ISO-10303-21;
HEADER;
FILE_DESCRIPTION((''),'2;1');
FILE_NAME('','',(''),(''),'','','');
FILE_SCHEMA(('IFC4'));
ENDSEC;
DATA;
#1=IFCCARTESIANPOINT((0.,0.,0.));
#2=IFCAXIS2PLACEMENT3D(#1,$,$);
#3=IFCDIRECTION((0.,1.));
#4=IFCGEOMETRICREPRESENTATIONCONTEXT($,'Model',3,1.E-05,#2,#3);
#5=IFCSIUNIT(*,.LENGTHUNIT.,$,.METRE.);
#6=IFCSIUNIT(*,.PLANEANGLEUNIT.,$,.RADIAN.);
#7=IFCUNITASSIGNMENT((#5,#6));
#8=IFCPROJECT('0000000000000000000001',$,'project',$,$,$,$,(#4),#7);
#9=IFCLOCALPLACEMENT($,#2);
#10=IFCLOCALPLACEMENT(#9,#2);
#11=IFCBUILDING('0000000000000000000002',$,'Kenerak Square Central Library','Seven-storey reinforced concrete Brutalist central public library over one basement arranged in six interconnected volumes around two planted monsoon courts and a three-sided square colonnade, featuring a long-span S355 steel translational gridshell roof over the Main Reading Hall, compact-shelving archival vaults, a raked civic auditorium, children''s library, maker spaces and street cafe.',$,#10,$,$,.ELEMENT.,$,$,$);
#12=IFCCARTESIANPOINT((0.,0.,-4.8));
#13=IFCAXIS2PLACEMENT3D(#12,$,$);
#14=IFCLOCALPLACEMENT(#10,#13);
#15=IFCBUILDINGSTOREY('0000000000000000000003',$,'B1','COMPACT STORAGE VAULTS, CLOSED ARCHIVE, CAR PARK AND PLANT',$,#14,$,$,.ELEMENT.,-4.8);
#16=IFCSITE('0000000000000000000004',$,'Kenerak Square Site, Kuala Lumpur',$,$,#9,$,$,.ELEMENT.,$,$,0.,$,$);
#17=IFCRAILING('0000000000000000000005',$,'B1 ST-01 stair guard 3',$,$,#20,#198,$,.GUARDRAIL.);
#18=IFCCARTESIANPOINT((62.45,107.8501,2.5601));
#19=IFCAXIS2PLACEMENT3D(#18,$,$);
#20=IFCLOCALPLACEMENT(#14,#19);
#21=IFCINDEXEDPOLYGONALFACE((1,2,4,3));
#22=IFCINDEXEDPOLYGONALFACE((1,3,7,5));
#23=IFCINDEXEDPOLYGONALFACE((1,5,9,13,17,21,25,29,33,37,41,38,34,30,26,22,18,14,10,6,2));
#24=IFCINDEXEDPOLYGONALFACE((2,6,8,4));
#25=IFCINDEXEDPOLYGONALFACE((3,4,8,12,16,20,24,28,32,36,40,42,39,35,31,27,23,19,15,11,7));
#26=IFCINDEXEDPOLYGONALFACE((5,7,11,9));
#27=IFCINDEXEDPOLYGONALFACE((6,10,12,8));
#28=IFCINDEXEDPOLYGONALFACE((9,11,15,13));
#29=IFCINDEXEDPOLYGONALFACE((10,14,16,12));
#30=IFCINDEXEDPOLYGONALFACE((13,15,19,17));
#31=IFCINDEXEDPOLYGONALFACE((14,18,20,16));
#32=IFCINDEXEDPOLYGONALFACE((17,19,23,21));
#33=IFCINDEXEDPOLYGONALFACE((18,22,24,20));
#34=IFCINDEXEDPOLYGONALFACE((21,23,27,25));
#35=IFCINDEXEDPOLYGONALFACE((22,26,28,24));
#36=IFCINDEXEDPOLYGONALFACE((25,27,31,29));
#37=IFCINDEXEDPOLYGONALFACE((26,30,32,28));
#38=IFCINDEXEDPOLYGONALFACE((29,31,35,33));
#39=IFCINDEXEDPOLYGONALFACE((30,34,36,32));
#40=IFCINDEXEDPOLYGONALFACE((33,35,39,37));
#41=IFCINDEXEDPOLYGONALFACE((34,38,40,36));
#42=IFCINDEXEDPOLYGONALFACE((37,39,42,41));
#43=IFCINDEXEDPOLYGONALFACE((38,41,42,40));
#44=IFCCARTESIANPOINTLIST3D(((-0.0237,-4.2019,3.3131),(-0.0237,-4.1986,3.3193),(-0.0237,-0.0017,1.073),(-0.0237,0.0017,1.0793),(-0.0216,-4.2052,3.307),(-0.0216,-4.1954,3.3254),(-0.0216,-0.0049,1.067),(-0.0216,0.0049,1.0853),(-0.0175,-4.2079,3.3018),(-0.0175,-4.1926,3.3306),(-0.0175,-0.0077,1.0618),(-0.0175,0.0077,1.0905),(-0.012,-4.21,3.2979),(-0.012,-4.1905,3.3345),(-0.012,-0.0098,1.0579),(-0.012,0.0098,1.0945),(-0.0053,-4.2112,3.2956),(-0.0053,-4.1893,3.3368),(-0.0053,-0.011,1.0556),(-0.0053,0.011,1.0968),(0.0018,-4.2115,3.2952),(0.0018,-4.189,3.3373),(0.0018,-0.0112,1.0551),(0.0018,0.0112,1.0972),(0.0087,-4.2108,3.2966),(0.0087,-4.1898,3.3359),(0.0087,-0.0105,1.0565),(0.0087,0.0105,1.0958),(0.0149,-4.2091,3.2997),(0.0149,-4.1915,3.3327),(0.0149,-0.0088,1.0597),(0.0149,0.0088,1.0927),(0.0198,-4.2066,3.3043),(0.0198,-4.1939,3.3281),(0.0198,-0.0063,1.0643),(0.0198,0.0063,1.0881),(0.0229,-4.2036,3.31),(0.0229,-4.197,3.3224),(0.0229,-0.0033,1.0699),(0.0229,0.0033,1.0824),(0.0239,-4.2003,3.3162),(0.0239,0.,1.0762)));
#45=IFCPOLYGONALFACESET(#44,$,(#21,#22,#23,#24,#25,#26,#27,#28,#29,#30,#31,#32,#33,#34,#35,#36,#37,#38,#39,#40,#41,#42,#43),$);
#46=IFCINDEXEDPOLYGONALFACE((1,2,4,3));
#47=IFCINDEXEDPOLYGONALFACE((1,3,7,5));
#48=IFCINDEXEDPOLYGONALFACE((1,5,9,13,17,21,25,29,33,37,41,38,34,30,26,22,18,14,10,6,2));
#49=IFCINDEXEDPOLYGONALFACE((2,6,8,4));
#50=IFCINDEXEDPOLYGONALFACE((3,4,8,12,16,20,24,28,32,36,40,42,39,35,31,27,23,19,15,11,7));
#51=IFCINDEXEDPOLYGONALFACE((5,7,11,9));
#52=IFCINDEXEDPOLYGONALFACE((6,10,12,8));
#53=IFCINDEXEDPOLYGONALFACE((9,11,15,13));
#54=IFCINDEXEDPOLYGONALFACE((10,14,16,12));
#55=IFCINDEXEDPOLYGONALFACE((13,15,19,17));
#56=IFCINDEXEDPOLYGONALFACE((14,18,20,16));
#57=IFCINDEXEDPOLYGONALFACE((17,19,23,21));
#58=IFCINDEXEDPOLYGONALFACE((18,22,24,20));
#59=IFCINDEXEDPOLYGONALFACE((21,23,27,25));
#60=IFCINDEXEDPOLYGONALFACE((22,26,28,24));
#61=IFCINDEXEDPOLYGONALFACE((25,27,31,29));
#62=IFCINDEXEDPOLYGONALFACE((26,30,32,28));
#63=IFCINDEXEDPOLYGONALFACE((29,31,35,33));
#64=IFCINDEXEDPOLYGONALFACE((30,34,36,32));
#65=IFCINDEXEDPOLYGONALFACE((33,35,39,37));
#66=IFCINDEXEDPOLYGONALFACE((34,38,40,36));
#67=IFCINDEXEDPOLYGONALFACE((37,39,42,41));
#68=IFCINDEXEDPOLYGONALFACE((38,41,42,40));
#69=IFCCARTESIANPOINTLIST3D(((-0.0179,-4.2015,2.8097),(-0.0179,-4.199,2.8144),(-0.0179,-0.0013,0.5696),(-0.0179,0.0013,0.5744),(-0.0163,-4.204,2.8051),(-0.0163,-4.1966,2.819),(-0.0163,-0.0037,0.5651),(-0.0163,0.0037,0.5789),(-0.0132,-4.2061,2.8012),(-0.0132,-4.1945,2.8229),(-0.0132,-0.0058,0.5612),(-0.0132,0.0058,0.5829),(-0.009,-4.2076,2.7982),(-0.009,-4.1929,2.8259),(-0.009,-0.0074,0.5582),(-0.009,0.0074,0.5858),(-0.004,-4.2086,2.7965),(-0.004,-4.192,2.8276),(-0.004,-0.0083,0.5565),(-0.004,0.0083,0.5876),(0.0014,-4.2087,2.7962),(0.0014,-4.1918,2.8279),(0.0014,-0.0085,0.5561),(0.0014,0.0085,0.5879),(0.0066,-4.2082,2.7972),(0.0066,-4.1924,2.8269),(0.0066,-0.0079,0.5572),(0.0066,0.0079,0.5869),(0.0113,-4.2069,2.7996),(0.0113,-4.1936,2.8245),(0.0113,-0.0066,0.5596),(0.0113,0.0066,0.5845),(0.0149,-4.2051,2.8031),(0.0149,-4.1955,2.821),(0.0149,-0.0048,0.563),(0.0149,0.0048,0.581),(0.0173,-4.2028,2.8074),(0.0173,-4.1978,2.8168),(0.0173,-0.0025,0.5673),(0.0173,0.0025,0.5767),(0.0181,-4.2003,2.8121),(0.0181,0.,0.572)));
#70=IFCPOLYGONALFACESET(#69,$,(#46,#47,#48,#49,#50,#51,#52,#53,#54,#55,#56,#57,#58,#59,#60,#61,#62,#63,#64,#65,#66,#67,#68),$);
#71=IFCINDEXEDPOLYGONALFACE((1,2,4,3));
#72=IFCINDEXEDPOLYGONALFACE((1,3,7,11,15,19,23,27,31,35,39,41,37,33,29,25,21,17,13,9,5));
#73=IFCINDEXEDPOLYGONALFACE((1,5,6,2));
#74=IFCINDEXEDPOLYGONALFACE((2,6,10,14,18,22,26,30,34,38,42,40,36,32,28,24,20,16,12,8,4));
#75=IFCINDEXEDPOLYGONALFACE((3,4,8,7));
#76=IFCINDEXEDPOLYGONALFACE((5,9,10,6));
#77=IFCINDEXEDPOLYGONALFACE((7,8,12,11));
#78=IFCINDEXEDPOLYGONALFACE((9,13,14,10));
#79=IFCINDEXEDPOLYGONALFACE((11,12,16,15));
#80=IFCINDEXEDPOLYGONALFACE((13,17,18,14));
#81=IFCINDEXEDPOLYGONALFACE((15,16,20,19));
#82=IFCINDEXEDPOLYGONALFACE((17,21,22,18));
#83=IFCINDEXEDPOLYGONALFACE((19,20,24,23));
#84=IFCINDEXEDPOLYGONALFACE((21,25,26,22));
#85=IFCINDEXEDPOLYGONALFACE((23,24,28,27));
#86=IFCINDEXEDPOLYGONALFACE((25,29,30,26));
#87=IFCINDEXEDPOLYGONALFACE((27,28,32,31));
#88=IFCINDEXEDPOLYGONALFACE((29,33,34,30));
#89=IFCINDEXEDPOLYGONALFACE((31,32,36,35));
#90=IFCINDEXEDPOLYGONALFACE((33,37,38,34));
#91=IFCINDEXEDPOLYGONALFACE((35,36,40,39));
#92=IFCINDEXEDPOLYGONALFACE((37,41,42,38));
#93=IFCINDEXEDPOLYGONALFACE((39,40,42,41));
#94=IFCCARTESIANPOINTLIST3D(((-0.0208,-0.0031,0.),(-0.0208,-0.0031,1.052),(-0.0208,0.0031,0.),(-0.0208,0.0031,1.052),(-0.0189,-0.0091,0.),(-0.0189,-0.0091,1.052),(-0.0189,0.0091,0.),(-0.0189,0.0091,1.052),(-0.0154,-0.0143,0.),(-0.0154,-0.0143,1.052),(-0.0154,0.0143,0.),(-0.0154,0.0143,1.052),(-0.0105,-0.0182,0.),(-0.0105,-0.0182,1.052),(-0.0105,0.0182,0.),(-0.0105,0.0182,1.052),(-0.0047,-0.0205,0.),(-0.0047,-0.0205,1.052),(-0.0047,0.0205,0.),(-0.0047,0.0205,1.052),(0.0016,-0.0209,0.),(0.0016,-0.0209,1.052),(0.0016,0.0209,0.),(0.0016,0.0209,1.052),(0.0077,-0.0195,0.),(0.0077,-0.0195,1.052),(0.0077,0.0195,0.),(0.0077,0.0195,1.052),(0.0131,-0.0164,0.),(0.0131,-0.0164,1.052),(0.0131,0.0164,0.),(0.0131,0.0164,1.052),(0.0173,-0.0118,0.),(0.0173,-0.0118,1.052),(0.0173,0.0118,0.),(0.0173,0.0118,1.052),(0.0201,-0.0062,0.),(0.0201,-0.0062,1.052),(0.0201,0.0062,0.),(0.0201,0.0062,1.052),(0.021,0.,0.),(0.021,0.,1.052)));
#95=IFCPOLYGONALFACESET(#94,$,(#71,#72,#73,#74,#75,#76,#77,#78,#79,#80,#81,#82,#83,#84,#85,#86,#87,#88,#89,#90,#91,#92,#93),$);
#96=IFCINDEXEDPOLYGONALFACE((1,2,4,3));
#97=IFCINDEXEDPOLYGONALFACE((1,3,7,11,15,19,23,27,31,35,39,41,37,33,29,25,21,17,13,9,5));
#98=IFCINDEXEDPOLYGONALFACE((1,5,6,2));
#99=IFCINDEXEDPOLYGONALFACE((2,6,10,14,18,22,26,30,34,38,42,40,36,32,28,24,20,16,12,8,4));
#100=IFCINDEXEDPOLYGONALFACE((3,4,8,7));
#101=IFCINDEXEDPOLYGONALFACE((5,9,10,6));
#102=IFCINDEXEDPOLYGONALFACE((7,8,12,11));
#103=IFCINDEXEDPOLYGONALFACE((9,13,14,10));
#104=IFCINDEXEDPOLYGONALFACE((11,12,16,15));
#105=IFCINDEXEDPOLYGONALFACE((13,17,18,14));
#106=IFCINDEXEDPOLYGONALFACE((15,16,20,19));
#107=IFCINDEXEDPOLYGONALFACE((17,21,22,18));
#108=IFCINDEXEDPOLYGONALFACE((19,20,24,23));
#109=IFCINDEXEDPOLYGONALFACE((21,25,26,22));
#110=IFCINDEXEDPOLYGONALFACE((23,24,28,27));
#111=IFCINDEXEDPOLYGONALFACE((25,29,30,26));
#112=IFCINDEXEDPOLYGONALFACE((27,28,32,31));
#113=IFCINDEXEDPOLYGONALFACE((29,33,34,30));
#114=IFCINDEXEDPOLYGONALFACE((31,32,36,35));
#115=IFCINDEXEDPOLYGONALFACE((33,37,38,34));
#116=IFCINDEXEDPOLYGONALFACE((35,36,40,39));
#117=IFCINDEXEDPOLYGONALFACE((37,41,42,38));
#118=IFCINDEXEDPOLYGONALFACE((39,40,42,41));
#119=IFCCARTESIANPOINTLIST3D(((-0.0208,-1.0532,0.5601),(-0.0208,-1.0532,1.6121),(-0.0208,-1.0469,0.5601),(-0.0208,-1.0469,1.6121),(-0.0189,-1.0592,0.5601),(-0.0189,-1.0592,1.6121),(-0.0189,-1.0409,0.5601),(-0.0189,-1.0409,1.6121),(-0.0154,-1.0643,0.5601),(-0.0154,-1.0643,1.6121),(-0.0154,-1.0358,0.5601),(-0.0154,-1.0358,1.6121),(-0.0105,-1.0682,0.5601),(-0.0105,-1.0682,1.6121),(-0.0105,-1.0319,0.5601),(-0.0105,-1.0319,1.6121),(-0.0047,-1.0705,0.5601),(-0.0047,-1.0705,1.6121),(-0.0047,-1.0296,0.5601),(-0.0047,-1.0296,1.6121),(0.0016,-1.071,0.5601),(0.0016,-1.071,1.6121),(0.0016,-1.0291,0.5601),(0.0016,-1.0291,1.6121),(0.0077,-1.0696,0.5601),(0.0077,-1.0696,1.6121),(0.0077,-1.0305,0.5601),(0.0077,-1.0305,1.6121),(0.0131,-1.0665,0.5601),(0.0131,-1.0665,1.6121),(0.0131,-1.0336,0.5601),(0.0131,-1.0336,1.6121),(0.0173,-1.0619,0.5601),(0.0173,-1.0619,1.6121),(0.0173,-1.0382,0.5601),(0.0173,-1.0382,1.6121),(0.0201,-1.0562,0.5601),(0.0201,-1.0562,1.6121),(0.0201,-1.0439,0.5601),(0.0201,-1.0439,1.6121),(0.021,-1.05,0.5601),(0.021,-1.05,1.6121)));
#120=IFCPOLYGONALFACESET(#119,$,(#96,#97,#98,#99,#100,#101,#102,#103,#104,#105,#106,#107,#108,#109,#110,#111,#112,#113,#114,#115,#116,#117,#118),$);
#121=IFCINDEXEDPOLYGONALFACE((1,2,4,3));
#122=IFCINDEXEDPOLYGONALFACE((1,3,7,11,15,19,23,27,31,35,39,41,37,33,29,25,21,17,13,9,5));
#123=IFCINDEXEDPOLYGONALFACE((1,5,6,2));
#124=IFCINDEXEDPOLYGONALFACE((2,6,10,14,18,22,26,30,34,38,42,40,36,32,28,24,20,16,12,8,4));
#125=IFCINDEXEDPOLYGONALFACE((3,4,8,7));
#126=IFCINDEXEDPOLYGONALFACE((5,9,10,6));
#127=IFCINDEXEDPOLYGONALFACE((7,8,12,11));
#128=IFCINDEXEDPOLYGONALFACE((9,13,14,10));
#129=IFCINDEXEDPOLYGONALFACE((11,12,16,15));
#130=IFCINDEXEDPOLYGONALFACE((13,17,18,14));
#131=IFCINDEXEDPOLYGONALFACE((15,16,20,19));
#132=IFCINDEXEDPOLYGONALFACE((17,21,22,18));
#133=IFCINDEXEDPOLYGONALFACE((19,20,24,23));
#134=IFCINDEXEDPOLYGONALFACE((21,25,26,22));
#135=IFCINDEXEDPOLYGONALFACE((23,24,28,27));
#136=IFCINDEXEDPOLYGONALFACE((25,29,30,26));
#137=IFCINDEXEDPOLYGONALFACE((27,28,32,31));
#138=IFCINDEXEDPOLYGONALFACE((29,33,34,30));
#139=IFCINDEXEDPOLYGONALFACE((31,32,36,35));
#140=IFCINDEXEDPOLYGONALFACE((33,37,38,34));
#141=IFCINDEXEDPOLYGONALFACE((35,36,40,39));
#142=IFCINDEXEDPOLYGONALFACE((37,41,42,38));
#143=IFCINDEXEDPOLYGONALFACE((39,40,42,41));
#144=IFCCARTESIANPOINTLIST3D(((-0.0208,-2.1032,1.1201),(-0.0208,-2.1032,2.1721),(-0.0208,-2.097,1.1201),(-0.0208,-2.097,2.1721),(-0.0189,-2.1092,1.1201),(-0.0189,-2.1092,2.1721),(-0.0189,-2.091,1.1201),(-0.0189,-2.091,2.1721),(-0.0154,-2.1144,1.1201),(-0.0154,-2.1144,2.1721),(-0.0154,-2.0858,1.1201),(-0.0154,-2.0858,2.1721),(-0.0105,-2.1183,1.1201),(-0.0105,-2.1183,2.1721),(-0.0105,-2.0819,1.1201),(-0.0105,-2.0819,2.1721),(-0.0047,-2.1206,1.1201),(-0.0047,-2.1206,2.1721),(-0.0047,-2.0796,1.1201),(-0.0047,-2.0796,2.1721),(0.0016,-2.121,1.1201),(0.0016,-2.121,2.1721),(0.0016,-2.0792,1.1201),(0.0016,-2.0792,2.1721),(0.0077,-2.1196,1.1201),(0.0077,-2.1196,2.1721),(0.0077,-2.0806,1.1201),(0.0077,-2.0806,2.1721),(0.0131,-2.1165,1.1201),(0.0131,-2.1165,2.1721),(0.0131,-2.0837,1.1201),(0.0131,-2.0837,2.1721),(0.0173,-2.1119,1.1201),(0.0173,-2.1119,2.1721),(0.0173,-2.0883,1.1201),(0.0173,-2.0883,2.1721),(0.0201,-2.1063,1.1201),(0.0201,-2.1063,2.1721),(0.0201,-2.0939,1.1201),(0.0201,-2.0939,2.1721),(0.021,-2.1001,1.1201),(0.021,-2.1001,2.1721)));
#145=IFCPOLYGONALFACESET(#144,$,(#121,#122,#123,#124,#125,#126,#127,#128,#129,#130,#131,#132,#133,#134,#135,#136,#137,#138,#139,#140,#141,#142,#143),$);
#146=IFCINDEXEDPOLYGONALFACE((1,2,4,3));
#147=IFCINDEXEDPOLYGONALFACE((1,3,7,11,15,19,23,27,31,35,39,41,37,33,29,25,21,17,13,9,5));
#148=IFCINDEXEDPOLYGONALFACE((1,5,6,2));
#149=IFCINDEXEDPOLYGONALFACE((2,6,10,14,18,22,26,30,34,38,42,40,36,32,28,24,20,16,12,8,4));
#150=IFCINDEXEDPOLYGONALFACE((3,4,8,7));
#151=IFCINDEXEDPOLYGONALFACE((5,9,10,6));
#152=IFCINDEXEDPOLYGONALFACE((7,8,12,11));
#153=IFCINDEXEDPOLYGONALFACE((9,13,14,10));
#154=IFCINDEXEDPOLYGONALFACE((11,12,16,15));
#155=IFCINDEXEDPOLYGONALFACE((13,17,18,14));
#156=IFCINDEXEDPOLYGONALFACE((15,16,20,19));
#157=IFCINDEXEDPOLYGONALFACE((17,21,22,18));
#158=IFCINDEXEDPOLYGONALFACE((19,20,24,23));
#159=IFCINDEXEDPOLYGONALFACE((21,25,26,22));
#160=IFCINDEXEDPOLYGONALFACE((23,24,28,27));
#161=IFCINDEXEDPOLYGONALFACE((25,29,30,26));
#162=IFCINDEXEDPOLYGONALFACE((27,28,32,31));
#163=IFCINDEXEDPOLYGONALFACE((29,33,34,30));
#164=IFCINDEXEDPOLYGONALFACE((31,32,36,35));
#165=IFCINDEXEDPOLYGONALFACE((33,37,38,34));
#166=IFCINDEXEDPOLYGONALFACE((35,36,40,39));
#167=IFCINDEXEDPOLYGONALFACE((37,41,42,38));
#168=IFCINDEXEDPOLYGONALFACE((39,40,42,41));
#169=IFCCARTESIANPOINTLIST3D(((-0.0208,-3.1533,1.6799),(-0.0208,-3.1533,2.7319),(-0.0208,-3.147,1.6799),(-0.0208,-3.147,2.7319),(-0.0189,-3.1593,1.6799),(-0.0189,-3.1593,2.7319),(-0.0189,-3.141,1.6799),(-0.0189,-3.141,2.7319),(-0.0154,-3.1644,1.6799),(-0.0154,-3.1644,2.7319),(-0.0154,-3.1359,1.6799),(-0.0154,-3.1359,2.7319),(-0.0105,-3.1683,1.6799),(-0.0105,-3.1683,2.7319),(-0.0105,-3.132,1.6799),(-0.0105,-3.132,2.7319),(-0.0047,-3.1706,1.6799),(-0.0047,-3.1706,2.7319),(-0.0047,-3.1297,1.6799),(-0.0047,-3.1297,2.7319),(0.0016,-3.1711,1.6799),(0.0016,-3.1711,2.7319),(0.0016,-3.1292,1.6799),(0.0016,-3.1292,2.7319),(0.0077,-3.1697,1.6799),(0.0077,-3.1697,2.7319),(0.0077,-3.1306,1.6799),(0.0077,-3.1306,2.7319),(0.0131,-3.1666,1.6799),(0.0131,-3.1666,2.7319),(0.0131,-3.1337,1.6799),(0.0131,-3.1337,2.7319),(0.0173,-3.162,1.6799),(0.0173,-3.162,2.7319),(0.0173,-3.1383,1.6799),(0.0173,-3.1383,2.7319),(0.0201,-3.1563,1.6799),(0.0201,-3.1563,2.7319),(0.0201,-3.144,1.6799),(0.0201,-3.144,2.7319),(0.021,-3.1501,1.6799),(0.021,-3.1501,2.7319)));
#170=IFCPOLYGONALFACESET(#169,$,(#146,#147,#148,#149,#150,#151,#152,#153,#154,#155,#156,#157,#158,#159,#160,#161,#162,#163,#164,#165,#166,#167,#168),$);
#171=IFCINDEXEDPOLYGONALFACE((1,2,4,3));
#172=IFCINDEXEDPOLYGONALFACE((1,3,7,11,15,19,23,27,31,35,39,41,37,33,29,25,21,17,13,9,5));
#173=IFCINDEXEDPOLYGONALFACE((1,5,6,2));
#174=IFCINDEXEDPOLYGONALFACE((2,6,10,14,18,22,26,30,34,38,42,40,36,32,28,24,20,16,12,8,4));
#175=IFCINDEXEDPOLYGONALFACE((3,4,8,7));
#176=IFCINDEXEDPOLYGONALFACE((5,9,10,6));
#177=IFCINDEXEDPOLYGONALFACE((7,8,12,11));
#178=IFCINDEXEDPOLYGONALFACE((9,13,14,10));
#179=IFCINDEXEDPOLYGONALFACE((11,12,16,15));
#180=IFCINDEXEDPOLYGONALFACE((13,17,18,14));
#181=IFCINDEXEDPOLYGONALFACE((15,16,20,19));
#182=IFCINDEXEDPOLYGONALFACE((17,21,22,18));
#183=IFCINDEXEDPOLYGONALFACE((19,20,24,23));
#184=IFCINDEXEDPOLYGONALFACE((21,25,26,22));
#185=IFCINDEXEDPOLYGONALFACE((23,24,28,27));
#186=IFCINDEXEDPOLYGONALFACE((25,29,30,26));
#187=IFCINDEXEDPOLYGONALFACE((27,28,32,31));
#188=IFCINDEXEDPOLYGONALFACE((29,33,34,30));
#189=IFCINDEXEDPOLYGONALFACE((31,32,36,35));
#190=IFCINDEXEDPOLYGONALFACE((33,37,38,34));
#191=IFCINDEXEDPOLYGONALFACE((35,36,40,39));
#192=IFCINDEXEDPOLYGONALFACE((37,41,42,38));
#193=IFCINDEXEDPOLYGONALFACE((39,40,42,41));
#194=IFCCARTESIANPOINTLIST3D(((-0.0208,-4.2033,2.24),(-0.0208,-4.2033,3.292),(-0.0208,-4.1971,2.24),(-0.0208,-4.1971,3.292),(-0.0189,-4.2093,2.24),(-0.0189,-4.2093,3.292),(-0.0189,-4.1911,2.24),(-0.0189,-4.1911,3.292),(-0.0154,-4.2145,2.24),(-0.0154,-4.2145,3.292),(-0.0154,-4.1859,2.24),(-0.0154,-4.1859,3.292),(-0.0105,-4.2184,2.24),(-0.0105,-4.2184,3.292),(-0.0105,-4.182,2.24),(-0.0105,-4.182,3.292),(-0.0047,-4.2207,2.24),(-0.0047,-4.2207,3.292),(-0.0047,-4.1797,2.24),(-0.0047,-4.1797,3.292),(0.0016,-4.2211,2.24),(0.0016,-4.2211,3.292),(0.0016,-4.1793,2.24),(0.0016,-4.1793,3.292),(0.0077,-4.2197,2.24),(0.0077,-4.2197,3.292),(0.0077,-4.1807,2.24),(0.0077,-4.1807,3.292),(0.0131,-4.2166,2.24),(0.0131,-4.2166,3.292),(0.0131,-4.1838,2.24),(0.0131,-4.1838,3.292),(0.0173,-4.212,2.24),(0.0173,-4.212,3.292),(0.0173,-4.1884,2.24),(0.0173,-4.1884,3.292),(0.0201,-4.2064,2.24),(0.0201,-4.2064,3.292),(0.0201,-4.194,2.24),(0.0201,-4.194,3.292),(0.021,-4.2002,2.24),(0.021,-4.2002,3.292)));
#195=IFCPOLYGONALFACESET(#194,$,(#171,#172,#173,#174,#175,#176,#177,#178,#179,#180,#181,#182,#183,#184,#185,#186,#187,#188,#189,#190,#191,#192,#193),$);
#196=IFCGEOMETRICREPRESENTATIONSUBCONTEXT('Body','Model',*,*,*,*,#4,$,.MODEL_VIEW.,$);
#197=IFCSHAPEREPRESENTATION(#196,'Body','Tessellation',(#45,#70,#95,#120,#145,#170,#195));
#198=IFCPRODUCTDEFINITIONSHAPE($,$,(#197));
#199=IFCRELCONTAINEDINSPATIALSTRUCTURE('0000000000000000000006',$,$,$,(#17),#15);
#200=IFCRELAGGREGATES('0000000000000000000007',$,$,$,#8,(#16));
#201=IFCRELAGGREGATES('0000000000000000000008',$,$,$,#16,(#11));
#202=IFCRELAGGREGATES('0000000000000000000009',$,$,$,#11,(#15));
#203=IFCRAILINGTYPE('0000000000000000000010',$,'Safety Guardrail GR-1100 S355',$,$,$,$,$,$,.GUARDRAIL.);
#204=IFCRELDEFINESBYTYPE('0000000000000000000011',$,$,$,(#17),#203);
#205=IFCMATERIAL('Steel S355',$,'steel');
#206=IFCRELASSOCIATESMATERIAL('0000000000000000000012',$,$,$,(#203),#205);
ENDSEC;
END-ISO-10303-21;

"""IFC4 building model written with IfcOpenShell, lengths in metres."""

from ifc_helpers import new_model, si_unit, direction, frame, origin, origin_2d, place, context, subcontext, project, spatial, circle, extrude, material, type_object, element, save


model = new_model("IFC4")

# Units and contexts
model_context = context("Model", 3, precision=1e-05, world=origin(), true_north=direction((0.0, 1.0)))
body_context = subcontext(model_context, "Body", "Model", "MODEL_VIEW")
ifc_project = project(units=[si_unit("LENGTHUNIT", "METRE"), si_unit("PLANEANGLEUNIT", "RADIAN")], contexts=[model_context])

# Site, building, storey
site_placement = place(None, origin())
site = spatial("IfcSite", under=ifc_project, at=site_placement, Name="Kenerak Square Site, Kuala Lumpur", CompositionType="ELEMENT", RefElevation=0.0)
building_placement = place(site_placement, origin())
building = spatial("IfcBuilding", under=site, at=building_placement, Name="Kenerak Square Central Library", Description="Seven-storey reinforced concrete Brutalist central public library over one basement arranged in six interconnected volumes around two planted monsoon courts and a three-sided square colonnade, featuring a long-span S355 steel translational gridshell roof over the Main Reading Hall, compact-shelving archival vaults, a raked civic auditorium, children's library, maker spaces and street cafe.", CompositionType="ELEMENT")
storey_placement = place(building_placement, frame((0.0, 0.0, -4.8)))
storey = spatial("IfcBuildingStorey", under=building, at=storey_placement, Name="B1", Description="COMPACT STORAGE VAULTS, CLOSED ARCHIVE, CAR PARK AND PLANT", CompositionType="ELEMENT", Elevation=-4.8)

# Railing
ifc_material_1 = material(Name="Steel S355", Category="steel")
railing_type_1 = type_object("IfcRailingType", Name="Safety Guardrail GR-1100 S355", PredefinedType="GUARDRAIL", material=ifc_material_1)
railing_1_placement = place(storey_placement, frame((62.45, 107.8501, 2.5601)))
element("IfcRailing", 1, at=railing_1_placement, inside=storey, type_object=railing_type_1, Name="B1 ST-01 stair guard 3", PredefinedType="GUARDRAIL", context=body_context, shape_type="SweptSolid", body=[
    extrude(circle(Radius=0.0239, at=origin_2d()), frame((0.0, 0.0, 1.0762), z_axis=(0.0, -0.882363, 0.47057), x_axis=(1.0, 0.0, 0.0)), (0.0, 0.0, 1.0), 4.7603),
    extrude(circle(Radius=0.0181, at=origin_2d()), frame((0.0, 0.0, 0.572), z_axis=(0.0, -0.882363, 0.47057), x_axis=(1.0, 0.0, 0.0)), (0.0, 0.0, 1.0), 4.7603),
    extrude(circle(Radius=0.021, at=origin_2d()), origin(), (0.0, 0.0, 1.0), 1.052),
    extrude(circle(Radius=0.021, at=origin_2d()), frame((0.0, -1.05, 0.5601)), (0.0, 0.0, 1.0), 1.052),
    extrude(circle(Radius=0.021, at=origin_2d()), frame((0.0, -2.1001, 1.1201)), (0.0, 0.0, 1.0), 1.052),
    extrude(circle(Radius=0.021, at=origin_2d()), frame((0.0, -3.1501, 1.6799)), (0.0, 0.0, 1.0), 1.052),
    extrude(circle(Radius=0.021, at=origin_2d()), frame((0.0, -4.2002, 2.24)), (0.0, 0.0, 1.0), 1.052),
])

save(model, "model.ifc")
